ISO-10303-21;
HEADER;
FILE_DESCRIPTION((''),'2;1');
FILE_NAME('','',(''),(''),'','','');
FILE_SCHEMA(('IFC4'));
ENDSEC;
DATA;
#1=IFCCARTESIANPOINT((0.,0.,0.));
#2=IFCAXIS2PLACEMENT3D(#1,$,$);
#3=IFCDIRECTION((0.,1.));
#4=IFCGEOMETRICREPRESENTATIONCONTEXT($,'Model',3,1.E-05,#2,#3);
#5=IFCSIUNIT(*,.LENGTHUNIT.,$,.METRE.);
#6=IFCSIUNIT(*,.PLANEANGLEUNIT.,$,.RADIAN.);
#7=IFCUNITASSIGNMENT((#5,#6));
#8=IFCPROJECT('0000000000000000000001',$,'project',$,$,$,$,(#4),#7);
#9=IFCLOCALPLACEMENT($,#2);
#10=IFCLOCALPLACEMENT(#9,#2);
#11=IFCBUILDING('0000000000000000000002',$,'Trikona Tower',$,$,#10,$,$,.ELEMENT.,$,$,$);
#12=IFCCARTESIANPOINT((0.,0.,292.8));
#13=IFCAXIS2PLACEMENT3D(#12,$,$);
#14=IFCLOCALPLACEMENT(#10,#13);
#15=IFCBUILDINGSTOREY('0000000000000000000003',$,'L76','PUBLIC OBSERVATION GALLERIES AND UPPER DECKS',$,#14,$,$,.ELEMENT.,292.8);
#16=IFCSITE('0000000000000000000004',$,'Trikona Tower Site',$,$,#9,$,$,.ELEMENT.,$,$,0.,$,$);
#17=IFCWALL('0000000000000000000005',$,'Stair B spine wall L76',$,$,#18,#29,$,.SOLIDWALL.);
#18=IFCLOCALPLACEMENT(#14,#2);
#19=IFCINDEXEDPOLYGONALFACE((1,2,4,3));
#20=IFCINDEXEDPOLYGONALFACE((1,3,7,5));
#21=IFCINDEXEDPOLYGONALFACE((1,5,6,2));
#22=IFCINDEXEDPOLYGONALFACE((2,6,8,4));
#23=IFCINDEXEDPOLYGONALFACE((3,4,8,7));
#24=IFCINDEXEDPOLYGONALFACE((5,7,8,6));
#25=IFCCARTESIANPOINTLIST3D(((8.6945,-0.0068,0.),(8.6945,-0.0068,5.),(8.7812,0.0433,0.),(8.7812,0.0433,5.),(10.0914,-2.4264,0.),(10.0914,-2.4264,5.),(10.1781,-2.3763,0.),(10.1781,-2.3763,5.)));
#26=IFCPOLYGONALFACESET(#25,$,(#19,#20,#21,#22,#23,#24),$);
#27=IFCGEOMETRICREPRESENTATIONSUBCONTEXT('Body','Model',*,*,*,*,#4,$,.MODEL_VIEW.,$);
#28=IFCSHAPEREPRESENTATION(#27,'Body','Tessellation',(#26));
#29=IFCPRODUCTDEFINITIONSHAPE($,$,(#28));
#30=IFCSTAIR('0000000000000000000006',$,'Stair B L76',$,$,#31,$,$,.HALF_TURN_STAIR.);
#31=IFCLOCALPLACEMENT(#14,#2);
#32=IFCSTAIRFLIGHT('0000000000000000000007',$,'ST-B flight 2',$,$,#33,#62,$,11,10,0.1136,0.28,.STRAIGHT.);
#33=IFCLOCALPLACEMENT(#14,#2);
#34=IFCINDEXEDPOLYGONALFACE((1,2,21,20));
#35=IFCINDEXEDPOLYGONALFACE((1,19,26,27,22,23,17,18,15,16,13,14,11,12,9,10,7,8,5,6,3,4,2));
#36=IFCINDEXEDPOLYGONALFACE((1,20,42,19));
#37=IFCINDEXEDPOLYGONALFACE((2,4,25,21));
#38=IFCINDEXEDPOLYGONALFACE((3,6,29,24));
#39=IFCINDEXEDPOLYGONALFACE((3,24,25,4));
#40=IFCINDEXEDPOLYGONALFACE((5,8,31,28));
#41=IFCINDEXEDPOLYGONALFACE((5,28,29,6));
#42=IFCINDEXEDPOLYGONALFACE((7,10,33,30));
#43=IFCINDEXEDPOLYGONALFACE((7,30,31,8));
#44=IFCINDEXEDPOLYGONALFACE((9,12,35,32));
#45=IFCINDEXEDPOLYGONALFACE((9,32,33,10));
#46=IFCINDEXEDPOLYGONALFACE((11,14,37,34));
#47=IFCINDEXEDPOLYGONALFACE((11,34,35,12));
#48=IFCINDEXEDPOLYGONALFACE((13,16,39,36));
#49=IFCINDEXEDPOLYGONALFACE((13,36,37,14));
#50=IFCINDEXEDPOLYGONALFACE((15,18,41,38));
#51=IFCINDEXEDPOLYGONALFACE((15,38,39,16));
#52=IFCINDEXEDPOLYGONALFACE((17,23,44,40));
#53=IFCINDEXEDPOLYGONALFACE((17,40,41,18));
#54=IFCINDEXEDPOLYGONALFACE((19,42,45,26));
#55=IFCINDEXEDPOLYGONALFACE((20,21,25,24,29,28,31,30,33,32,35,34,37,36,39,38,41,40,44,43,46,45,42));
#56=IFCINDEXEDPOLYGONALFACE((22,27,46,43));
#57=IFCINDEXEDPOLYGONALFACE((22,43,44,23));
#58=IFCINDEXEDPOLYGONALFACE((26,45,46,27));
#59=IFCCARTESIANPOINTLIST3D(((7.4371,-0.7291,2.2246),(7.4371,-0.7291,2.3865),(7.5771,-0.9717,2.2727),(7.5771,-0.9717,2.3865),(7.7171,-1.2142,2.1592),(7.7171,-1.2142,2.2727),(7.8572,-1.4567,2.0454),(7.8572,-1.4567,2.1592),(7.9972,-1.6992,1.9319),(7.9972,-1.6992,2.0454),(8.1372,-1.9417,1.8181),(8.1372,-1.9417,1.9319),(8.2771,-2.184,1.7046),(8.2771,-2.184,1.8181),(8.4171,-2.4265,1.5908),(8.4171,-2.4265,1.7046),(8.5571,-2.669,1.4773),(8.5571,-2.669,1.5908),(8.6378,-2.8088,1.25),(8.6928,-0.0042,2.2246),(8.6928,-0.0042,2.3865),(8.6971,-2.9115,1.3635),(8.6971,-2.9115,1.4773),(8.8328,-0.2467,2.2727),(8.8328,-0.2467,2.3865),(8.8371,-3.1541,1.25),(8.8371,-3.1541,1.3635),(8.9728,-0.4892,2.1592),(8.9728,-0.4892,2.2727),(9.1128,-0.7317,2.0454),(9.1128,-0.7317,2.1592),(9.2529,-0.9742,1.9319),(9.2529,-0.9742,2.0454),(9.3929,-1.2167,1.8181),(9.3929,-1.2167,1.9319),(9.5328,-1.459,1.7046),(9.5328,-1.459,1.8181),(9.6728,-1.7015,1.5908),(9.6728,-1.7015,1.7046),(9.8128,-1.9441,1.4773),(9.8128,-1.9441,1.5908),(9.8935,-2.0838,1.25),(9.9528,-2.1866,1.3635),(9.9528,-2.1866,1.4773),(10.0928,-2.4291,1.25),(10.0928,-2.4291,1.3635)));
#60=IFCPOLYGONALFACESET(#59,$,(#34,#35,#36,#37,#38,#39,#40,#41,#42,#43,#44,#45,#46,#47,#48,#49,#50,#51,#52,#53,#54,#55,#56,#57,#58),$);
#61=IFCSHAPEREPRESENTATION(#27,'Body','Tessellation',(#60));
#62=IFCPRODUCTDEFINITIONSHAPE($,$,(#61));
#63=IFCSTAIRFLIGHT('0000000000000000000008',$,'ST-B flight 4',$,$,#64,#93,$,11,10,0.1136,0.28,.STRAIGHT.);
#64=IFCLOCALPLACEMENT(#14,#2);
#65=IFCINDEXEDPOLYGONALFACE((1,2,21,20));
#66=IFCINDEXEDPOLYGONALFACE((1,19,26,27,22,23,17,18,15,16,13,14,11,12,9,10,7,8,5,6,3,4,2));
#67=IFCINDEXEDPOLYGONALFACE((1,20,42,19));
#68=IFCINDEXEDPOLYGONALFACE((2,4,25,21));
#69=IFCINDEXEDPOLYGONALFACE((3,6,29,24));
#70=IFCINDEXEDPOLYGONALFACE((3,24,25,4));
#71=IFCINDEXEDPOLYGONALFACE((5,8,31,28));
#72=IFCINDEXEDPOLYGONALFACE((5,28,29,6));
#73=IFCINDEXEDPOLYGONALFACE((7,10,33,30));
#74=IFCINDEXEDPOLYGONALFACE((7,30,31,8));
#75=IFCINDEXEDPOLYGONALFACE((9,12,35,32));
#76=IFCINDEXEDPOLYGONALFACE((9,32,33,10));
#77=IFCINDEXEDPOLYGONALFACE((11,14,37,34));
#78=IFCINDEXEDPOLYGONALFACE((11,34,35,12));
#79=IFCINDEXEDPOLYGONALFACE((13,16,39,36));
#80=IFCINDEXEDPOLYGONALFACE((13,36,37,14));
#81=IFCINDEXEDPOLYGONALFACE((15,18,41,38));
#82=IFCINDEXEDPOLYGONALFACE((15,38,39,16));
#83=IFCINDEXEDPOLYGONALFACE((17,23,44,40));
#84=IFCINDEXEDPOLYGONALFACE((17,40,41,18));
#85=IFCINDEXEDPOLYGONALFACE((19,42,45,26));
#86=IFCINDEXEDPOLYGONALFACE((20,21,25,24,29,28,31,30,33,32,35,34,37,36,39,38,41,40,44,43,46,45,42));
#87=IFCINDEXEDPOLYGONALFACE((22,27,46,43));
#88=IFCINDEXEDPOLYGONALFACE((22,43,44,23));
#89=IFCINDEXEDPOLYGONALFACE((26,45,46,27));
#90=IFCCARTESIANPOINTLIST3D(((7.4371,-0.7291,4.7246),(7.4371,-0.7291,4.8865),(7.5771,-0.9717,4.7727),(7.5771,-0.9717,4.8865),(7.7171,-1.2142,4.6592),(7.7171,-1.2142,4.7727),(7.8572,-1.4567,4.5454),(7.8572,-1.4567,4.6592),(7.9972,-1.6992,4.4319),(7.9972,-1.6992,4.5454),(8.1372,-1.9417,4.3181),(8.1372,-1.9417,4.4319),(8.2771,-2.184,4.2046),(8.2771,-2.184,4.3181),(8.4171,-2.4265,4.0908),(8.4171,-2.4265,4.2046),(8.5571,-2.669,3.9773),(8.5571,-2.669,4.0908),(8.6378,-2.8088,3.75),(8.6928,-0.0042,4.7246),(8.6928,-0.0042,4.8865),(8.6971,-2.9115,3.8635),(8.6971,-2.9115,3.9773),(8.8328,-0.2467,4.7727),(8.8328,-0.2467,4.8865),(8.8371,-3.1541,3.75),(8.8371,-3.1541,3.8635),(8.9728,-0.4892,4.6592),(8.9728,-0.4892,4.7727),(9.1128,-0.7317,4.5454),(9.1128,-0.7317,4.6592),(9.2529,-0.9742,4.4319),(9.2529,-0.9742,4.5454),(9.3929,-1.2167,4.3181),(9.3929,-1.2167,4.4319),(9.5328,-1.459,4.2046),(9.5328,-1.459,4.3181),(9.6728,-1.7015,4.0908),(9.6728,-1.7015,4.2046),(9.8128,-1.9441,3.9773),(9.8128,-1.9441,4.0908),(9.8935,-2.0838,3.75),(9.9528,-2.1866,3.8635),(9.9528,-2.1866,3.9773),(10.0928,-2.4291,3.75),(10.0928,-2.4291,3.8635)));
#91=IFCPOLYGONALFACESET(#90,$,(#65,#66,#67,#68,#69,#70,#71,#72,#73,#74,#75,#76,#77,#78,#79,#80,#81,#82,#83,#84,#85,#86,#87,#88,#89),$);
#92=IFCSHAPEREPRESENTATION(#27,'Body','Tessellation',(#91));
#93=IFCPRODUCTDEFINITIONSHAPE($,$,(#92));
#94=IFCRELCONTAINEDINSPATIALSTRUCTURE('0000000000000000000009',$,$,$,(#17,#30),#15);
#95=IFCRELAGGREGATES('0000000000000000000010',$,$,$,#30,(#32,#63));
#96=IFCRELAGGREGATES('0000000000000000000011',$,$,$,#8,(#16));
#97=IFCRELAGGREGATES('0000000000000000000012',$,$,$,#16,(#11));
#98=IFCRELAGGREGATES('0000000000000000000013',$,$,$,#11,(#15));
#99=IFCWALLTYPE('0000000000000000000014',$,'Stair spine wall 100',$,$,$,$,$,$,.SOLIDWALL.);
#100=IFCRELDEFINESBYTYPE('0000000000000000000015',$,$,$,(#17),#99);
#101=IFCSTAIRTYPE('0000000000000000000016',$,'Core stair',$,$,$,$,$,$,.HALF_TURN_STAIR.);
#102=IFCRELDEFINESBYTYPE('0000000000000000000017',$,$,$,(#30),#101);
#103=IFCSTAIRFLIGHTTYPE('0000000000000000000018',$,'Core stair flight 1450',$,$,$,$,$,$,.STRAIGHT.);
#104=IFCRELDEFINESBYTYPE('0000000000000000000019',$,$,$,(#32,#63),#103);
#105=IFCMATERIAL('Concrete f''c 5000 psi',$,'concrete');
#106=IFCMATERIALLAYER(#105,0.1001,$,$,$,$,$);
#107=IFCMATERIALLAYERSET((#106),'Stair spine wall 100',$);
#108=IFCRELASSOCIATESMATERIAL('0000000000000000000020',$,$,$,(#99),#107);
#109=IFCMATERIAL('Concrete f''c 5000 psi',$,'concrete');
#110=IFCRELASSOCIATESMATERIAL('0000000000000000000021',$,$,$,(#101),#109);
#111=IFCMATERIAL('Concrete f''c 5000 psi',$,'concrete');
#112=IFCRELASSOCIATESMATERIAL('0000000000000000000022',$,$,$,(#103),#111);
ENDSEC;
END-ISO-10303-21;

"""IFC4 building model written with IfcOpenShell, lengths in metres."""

from ifc_helpers import new_model, si_unit, direction, frame, frame_2d, origin, place, context, subcontext, project, spatial, polyline, rectangle, outline, extrude, material, layer, layer_set, type_object, element, aggregate, save


model = new_model("IFC4")

# Units and contexts
model_context = context("Model", 3, precision=1e-05, world=origin(), true_north=direction((0.0, 1.0)))
body_context = subcontext(model_context, "Body", "Model", "MODEL_VIEW")
ifc_project = project(units=[si_unit("LENGTHUNIT", "METRE"), si_unit("PLANEANGLEUNIT", "RADIAN")], contexts=[model_context])

# Site, building, storey
site_placement = place(None, origin())
site = spatial("IfcSite", under=ifc_project, at=site_placement, Name="Trikona Tower Site", CompositionType="ELEMENT", RefElevation=0.0)
building_placement = place(site_placement, origin())
building = spatial("IfcBuilding", under=site, at=building_placement, Name="Trikona Tower", CompositionType="ELEMENT")
storey_placement = place(building_placement, frame((0.0, 0.0, 292.8)))
storey = spatial("IfcBuildingStorey", under=building, at=storey_placement, Name="L76", Description="PUBLIC OBSERVATION GALLERIES AND UPPER DECKS", CompositionType="ELEMENT", Elevation=292.8)

# Wall
ifc_material_1 = material(Name="Concrete f'c 5000 psi", Category="concrete")
ifc_layer_1 = layer(ifc_material_1, 0.1001)
ifc_layer_set_1 = layer_set([ifc_layer_1], Name="Stair spine wall 100")
wall_type_1 = type_object("IfcWallType", Name="Stair spine wall 100", PredefinedType="SOLIDWALL", material=ifc_layer_set_1)
wall_1_placement = place(storey_placement, frame((10.1348, -2.4014, 0.0), z_axis=(0.0, 0.0, 1.0), x_axis=(-0.499992, 0.86603, 0.0)))
element("IfcWall", 1, at=wall_1_placement, inside=storey, type_object=wall_type_1, Name="Stair B spine wall L76", PredefinedType="SOLIDWALL", context=body_context, shape_type="SweptSolid", body=[
    extrude(rectangle(XDim=2.7939, YDim=0.1001, at=frame_2d((1.397, 0.0))), origin(), (0.0, 0.0, 1.0), 5.0),
])

# Stair, stair flights
ifc_material_2 = material(Name="Concrete f'c 5000 psi", Category="concrete")
stair_type = type_object("IfcStairType", Name="Core stair", PredefinedType="HALF_TURN_STAIR", material=ifc_material_2)
stair_placement = place(storey_placement, origin())
stair = element("IfcStair", 2, at=stair_placement, inside=storey, type_object=stair_type, Name="Stair B L76", PredefinedType="HALF_TURN_STAIR")
ifc_material_3 = material(Name="Concrete f'c 5000 psi", Category="concrete")
stair_flight_type = type_object("IfcStairFlightType", Name="Core stair flight 1450", PredefinedType="STRAIGHT", material=ifc_material_3)
stair_flight_1_placement = place(storey_placement, frame((9.4651, -2.7915, 1.25), z_axis=(0.0, 0.0, 1.0), x_axis=(-0.5, 0.866025, 0.0)))
stair_flight_1 = element("IfcStairFlight", 3, at=stair_flight_1_placement, type_object=stair_flight_type, Name="ST-B flight 2", NumberOfRisers=11, NumberOfTreads=10, PredefinedType="STRAIGHT", RiserHeight=0.1136, TreadLength=0.28, context=body_context, shape_type="SweptSolid", body=[
    extrude(outline(polyline([(0.0, 0.0), (0.0, 0.1135), (0.28, 0.1135), (0.28, 0.2273), (0.5601, 0.2273), (0.5601, 0.3408), (0.8401, 0.3408), (0.8401, 0.4546), (1.1201, 0.4546), (1.1201, 0.5681), (1.3999, 0.5681), (1.3999, 0.6819), (1.6799, 0.6819), (1.6799, 0.7954), (1.96, 0.7954), (1.96, 0.9092), (2.24, 0.9092), (2.24, 1.0227), (2.52, 1.0227), (2.52, 1.1365), (2.8, 1.1365), (2.8, 1.25), (2.8, 0.9746), (0.3987, 0.0), (0.0, 0.0)])), frame((0.0, 0.7251, 0.0), z_axis=(0.0, -1.0, 0.0), x_axis=(1.0, 0.0, 0.0)), (0.0, 0.0, 1.0), 1.45),
])
stair_flight_2_placement = place(storey_placement, frame((9.4651, -2.7915, 3.75), z_axis=(0.0, 0.0, 1.0), x_axis=(-0.5, 0.866025, 0.0)))
stair_flight_2 = element("IfcStairFlight", 4, at=stair_flight_2_placement, type_object=stair_flight_type, Name="ST-B flight 4", NumberOfRisers=11, NumberOfTreads=10, PredefinedType="STRAIGHT", RiserHeight=0.1136, TreadLength=0.28, context=body_context, shape_type="SweptSolid", body=[
    extrude(outline(polyline([(0.0, 0.0), (0.0, 0.1135), (0.28, 0.1135), (0.28, 0.2273), (0.5601, 0.2273), (0.5601, 0.3408), (0.8401, 0.3408), (0.8401, 0.4546), (1.1201, 0.4546), (1.1201, 0.5681), (1.3999, 0.5681), (1.3999, 0.6819), (1.6799, 0.6819), (1.6799, 0.7954), (1.96, 0.7954), (1.96, 0.9092), (2.24, 0.9092), (2.24, 1.0227), (2.52, 1.0227), (2.52, 1.1365), (2.8, 1.1365), (2.8, 1.25), (2.8, 0.9746), (0.3987, 0.0), (0.0, 0.0)])), frame((0.0, 0.7251, 0.0), z_axis=(0.0, -1.0, 0.0), x_axis=(1.0, 0.0, 0.0)), (0.0, 0.0, 1.0), 1.45),
])
aggregate(stair, [stair_flight_1, stair_flight_2])

save(model, "model.ifc")
